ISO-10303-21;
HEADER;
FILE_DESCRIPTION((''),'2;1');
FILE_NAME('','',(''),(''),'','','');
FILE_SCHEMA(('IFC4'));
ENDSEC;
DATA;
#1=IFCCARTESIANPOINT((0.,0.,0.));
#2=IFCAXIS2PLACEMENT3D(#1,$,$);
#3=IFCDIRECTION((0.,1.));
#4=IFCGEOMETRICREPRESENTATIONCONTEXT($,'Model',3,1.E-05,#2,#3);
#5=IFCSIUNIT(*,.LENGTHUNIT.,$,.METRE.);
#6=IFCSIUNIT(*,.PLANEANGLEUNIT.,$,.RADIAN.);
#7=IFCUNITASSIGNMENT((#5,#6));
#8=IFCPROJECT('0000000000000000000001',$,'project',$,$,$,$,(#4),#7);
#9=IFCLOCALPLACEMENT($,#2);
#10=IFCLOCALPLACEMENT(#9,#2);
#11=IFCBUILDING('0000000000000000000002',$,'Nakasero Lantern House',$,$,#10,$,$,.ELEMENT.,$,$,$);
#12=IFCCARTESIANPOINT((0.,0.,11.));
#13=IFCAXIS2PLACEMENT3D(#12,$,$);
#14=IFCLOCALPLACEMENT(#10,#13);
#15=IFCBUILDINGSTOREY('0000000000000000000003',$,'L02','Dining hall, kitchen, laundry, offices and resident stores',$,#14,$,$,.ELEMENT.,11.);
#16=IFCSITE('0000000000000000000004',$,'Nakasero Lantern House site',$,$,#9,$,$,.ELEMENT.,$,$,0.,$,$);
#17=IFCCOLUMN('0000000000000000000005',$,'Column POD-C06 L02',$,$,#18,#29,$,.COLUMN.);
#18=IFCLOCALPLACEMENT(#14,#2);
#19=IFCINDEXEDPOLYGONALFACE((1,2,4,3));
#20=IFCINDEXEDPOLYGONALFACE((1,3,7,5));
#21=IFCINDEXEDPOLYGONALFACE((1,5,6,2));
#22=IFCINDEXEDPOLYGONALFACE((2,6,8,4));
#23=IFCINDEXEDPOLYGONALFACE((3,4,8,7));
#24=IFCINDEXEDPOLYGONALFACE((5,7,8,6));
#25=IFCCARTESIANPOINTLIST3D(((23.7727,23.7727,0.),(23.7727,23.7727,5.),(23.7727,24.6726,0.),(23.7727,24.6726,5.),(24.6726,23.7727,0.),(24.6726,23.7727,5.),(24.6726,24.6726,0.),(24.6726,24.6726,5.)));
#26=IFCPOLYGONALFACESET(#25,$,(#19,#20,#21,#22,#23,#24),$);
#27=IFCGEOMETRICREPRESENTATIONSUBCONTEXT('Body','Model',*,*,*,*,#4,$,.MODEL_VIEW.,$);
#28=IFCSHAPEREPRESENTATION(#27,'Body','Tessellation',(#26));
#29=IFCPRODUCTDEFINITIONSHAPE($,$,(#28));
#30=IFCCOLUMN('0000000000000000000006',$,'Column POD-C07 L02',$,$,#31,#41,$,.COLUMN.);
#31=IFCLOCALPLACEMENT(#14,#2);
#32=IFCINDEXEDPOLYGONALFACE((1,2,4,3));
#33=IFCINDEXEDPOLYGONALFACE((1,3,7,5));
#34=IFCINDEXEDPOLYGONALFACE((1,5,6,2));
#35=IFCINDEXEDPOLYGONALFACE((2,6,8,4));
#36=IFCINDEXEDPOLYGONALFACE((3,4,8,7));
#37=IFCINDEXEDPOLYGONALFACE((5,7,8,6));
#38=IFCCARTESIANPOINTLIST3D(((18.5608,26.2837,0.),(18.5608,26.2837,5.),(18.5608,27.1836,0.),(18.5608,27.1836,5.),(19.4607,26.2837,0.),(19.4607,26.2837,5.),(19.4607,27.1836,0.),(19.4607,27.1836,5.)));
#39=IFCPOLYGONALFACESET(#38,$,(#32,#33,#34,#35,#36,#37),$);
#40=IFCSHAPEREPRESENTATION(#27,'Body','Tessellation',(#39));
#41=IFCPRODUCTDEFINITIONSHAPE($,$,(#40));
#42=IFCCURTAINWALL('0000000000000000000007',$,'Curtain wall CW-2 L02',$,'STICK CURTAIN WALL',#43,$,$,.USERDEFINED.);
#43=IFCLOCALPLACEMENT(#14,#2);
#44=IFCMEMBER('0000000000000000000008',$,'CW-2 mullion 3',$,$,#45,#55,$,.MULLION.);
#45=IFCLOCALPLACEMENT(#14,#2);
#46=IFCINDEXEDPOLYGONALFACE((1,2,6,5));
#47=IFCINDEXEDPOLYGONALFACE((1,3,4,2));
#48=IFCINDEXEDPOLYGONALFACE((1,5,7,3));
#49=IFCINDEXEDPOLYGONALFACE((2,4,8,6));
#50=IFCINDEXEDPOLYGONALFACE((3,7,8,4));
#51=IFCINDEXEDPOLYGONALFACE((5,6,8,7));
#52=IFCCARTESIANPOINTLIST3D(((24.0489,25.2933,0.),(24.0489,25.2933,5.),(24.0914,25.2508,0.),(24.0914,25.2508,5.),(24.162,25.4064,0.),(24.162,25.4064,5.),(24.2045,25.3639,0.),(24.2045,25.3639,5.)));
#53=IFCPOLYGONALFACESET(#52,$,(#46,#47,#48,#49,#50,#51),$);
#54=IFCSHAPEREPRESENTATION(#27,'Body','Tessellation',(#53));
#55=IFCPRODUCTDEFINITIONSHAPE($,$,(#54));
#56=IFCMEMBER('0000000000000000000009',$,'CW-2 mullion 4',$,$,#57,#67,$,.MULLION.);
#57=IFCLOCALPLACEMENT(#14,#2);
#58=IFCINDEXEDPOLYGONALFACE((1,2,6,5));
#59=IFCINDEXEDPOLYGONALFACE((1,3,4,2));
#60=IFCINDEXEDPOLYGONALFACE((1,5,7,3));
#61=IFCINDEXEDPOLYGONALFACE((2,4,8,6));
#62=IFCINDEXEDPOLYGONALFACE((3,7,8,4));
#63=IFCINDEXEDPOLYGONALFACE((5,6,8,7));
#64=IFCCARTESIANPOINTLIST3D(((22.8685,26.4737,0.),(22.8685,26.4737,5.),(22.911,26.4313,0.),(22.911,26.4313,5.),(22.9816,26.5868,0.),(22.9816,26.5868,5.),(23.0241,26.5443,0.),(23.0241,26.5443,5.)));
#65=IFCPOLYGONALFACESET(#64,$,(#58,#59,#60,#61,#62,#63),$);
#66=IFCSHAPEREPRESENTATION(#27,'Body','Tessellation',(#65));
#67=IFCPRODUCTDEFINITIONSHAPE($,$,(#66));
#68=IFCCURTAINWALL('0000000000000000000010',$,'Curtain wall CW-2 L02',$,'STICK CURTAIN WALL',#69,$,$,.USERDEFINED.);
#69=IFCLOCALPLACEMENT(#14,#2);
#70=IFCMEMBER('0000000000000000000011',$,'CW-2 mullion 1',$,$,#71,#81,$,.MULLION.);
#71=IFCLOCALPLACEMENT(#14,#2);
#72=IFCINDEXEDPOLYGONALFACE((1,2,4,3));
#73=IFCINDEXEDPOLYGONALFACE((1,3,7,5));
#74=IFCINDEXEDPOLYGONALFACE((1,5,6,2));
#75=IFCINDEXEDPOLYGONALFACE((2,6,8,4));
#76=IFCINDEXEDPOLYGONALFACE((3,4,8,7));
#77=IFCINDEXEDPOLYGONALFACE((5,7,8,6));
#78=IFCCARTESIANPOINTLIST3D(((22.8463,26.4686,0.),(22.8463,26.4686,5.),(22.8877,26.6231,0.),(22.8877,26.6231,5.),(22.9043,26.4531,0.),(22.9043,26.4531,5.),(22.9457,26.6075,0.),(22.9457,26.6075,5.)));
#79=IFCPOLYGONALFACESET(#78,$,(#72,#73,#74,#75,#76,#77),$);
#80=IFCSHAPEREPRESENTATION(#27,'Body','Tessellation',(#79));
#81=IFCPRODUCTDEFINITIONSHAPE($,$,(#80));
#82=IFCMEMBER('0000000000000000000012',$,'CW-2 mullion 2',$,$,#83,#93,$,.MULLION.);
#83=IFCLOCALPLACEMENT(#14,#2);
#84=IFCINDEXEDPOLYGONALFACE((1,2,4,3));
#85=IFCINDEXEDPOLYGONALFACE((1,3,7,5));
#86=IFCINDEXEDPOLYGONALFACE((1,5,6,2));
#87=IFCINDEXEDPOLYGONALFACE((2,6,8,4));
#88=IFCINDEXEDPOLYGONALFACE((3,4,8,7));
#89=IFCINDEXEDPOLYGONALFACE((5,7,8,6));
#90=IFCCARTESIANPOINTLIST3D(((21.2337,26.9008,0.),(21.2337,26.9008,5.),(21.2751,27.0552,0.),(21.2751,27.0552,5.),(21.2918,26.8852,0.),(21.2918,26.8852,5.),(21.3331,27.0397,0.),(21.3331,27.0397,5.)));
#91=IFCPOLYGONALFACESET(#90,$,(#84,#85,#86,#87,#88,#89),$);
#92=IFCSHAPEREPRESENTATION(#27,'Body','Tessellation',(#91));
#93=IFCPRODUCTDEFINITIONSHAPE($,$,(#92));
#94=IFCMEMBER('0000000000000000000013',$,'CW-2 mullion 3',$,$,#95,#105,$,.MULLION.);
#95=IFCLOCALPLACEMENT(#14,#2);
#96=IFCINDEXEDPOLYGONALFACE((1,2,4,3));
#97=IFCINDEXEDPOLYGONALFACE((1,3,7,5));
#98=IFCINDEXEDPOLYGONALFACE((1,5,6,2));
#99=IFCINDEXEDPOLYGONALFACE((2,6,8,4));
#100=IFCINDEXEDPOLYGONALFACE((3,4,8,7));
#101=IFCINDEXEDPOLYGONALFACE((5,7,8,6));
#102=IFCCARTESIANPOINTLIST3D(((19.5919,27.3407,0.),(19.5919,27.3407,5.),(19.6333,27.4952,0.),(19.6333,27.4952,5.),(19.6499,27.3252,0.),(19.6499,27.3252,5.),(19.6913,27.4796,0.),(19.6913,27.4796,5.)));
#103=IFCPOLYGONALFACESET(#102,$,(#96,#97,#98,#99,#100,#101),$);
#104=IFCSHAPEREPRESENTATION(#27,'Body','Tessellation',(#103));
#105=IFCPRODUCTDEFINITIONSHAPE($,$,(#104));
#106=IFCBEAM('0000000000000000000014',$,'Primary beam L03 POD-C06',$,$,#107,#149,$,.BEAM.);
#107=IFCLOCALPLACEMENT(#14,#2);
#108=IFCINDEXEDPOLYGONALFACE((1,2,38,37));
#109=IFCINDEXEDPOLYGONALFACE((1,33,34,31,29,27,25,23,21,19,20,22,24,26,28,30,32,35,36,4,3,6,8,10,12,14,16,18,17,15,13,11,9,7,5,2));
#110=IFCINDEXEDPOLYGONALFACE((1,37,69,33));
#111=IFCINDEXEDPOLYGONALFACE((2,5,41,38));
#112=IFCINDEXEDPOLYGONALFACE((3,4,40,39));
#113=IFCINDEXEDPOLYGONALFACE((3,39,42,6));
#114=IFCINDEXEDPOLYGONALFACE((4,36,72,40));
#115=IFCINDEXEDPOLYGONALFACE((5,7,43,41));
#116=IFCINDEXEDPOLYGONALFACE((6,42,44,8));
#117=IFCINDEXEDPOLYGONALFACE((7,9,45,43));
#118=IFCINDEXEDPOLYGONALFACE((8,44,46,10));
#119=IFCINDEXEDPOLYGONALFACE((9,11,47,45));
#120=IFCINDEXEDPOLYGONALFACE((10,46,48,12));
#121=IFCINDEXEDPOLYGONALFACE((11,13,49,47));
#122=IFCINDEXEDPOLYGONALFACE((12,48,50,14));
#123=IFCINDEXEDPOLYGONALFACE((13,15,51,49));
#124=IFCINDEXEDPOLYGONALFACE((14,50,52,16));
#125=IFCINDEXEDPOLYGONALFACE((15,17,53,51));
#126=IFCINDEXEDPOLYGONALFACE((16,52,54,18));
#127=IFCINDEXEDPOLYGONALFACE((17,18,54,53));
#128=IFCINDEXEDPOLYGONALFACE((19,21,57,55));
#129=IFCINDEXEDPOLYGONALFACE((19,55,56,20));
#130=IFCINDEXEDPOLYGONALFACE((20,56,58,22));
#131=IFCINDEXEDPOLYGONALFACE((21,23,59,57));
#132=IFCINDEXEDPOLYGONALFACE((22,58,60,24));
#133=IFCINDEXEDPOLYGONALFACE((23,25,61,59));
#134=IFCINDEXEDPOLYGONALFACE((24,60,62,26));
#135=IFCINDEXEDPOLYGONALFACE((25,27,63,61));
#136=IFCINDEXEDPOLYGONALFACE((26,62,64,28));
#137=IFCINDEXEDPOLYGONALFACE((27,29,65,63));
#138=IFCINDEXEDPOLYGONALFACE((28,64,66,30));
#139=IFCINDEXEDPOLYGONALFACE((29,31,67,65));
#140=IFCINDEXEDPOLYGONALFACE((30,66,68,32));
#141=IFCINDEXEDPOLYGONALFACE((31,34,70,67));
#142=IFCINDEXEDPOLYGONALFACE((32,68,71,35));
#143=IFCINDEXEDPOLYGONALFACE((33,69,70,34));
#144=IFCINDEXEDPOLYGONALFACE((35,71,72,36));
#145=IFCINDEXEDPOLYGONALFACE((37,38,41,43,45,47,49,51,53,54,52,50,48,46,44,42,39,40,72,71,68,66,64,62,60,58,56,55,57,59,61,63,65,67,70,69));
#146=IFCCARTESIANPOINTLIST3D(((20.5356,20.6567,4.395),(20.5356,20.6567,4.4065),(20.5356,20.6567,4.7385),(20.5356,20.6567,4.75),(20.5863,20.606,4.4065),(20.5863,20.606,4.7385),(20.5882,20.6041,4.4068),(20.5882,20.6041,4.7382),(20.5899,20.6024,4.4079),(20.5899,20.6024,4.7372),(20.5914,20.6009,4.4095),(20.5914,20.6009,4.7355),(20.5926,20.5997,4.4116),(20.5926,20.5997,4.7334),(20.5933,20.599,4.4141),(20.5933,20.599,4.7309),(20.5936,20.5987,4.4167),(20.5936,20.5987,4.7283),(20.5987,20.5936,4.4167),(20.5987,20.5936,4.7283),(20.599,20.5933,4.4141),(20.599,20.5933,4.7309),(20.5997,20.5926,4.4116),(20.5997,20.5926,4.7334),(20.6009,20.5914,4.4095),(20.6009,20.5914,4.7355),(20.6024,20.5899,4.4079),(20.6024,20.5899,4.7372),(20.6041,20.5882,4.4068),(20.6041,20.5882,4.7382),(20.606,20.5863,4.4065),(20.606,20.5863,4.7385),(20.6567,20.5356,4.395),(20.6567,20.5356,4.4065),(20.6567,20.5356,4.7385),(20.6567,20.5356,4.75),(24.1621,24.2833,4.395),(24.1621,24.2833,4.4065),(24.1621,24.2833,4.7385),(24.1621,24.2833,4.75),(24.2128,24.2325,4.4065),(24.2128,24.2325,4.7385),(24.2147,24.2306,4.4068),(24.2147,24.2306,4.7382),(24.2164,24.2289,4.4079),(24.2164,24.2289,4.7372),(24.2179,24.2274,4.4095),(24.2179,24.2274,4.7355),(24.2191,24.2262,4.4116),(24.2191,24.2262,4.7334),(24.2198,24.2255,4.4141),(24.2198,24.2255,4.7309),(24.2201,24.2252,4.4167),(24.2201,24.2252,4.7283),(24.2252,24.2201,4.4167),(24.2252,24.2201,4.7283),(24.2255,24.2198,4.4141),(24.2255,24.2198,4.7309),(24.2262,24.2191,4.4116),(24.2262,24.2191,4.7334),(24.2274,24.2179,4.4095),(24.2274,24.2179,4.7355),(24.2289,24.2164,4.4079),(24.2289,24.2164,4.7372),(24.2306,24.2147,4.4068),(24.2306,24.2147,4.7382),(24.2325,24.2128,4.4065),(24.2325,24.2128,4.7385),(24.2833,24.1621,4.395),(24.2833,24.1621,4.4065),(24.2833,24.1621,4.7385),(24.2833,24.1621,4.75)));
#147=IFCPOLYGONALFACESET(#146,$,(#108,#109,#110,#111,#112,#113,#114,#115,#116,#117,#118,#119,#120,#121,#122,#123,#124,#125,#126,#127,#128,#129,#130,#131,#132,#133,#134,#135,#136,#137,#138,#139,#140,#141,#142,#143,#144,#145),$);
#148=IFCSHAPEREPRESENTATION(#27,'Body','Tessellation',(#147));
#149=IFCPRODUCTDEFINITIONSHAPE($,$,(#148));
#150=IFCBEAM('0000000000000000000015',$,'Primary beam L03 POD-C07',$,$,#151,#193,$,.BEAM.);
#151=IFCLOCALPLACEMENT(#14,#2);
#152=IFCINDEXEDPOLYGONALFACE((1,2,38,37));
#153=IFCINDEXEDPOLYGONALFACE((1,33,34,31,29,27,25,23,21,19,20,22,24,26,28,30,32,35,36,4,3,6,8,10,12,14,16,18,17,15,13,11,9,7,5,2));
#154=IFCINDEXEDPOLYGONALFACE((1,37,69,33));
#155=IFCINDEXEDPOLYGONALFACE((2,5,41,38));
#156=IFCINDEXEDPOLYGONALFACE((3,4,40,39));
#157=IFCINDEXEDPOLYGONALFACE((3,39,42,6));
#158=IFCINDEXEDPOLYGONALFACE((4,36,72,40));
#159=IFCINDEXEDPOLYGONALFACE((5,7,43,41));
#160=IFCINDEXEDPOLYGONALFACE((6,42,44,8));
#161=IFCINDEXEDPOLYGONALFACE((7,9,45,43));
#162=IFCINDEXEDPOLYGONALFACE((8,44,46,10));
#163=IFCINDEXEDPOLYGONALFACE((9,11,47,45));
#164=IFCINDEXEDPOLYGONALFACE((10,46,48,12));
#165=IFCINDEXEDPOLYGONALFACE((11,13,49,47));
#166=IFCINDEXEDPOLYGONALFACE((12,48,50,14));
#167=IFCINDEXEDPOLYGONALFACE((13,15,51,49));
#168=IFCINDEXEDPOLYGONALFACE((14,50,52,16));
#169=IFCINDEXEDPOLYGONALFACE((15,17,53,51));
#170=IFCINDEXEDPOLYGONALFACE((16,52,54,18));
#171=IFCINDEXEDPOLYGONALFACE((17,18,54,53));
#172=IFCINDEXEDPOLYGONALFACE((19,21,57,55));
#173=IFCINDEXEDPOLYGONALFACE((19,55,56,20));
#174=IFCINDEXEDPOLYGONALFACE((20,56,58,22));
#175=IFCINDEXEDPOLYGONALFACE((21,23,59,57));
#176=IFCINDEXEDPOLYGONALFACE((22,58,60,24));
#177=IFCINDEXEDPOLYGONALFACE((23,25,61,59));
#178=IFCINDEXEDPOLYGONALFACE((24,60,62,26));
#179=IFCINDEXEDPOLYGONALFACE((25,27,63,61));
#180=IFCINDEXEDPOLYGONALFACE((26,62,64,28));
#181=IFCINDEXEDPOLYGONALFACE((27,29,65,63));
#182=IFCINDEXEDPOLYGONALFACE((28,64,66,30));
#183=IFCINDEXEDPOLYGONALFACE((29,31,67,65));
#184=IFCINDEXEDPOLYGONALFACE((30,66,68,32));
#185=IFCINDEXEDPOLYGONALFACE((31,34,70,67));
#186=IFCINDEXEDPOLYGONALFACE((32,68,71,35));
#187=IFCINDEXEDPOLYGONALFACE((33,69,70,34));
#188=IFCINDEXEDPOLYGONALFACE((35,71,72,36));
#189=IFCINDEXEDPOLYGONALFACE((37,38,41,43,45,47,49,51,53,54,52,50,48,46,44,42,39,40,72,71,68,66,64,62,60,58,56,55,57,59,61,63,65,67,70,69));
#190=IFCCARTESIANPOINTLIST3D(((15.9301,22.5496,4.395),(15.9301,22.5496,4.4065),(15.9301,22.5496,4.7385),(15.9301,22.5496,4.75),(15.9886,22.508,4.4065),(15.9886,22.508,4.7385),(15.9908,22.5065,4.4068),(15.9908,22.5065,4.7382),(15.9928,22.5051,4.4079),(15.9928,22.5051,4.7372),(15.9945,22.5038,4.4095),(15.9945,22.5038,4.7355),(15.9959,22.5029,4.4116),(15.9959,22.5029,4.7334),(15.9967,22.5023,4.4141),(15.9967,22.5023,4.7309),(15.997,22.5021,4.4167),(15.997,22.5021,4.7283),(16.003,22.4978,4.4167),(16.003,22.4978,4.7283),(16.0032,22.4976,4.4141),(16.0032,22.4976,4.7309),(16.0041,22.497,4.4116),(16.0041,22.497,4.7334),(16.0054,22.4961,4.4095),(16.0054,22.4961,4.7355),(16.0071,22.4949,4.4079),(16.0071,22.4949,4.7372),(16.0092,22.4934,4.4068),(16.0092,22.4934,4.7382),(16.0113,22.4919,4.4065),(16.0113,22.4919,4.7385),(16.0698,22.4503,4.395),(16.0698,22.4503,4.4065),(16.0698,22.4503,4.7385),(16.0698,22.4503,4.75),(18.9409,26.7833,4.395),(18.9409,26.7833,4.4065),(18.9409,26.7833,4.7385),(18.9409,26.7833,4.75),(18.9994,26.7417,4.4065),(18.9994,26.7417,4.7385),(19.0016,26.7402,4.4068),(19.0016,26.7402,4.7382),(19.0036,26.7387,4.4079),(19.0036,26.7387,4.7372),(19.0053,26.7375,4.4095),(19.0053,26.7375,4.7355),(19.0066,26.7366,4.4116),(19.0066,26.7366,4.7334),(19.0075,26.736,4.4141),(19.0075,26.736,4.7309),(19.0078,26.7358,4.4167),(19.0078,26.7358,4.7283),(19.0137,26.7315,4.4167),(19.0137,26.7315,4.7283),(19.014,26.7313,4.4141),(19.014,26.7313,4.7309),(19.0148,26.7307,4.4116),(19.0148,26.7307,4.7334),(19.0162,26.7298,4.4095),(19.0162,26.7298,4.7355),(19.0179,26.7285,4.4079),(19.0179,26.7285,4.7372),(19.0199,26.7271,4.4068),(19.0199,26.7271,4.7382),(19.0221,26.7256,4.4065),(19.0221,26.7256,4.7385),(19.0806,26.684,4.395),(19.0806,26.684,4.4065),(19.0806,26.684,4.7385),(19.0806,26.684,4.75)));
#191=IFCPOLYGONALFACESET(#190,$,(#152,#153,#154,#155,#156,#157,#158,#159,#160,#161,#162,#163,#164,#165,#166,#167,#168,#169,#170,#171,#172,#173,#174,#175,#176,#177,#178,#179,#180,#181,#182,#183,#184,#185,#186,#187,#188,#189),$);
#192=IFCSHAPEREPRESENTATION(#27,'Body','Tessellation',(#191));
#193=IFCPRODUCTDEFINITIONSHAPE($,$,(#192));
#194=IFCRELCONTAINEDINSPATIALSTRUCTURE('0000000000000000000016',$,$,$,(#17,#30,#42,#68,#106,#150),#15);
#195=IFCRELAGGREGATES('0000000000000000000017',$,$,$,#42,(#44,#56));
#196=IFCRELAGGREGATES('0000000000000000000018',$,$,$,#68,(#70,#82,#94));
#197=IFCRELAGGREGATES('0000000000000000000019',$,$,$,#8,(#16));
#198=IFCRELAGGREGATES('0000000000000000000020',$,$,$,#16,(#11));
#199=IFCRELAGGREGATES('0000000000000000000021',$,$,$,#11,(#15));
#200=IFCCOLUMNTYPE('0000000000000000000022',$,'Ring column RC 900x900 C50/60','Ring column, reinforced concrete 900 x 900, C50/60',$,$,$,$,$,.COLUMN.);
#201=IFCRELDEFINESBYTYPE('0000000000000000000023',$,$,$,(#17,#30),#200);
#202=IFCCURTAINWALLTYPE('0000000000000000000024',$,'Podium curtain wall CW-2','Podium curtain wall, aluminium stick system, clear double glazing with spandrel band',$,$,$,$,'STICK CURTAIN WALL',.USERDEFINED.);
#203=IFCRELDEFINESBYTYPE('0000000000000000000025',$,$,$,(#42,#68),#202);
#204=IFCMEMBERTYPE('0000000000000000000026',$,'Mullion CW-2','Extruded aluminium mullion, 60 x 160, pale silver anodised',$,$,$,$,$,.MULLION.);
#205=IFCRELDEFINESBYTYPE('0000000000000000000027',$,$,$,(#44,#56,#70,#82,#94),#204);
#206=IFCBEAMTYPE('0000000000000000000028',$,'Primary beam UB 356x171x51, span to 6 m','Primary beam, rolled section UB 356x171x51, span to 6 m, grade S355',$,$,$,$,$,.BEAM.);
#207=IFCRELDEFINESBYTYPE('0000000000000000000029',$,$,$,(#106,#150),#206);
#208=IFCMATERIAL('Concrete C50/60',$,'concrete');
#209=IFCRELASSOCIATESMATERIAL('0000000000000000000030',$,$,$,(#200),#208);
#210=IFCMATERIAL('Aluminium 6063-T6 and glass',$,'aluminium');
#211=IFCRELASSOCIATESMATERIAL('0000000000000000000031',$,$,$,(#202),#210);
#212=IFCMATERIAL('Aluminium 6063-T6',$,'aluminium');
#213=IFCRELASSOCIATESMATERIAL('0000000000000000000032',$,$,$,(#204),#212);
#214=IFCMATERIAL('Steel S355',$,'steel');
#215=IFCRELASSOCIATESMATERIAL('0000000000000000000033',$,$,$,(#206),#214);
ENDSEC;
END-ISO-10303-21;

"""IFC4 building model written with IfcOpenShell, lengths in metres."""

from ifc_helpers import new_model, si_unit, direction, frame, origin, origin_2d, place, context, subcontext, project, spatial, rectangle, i_section, extrude, material, material_profile, profile_set, type_object, element, aggregate, save


model = new_model("IFC4")

# Units and contexts
model_context = context("Model", 3, precision=1e-05, world=origin(), true_north=direction((0.0, 1.0)))
body_context = subcontext(model_context, "Body", "Model", "MODEL_VIEW")
ifc_project = project(units=[si_unit("LENGTHUNIT", "METRE"), si_unit("PLANEANGLEUNIT", "RADIAN")], contexts=[model_context])

# Site, building, storey
site_placement = place(None, origin())
site = spatial("IfcSite", under=ifc_project, at=site_placement, Name="Nakasero Lantern House site", CompositionType="ELEMENT", RefElevation=0.0)
building_placement = place(site_placement, origin())
building = spatial("IfcBuilding", under=site, at=building_placement, Name="Nakasero Lantern House", CompositionType="ELEMENT")
storey_placement = place(building_placement, frame((0.0, 0.0, 11.0)))
storey = spatial("IfcBuildingStorey", under=building, at=storey_placement, Name="L02", Description="Dining hall, kitchen, laundry, offices and resident stores", CompositionType="ELEMENT", Elevation=11.0)

# Columns
ifc_material_1 = material(Name="Concrete C50/60", Category="concrete")
ifc_material_profile_1 = material_profile(ifc_material_1, rectangle(XDim=0.8999, YDim=0.8999, at=origin_2d()), Name="RC 900x900")
ifc_profile_set_1 = profile_set([ifc_material_profile_1], Name="Concrete C50/60")
column_type = type_object("IfcColumnType", Name="Ring column RC 900x900 C50/60", Description="Ring column, reinforced concrete 900 x 900, C50/60", PredefinedType="COLUMN", material=ifc_profile_set_1)
for number, where, z_axis, x_axis, name in (
    (1, (24.2227, 24.2227, 0.0), (0.0, 0.0, 1.0), (1.0, 0.0, 0.0), "Column POD-C06 L02"),
    (2, (19.0107, 26.7336, 0.0), (0.0, 0.0, 1.0), (1.0, 0.0, 0.0), "Column POD-C07 L02"),
):
    element("IfcColumn", number, at=place(storey_placement, frame(where, z_axis=z_axis, x_axis=x_axis)), inside=storey, type_object=column_type, Name=name, PredefinedType="COLUMN", context=body_context, shape_type="SweptSolid", body=[
        extrude(rectangle(XDim=0.8999, YDim=0.8999, at=origin_2d()), origin(), (0.0, 0.0, 1.0), 5.0),
    ])

# Curtain walls, members
ifc_material_2 = material(Name="Aluminium 6063-T6 and glass", Category="aluminium")
curtain_wall_type = type_object("IfcCurtainWallType", Name="Podium curtain wall CW-2", Description="Podium curtain wall, aluminium stick system, clear double glazing with spandrel band", ElementType="STICK CURTAIN WALL", PredefinedType="USERDEFINED", material=ifc_material_2)
curtain_wall_1_placement = place(storey_placement, origin())
curtain_wall_1 = element("IfcCurtainWall", 3, at=curtain_wall_1_placement, inside=storey, type_object=curtain_wall_type, Name="Curtain wall CW-2 L02", ObjectType="STICK CURTAIN WALL", PredefinedType="USERDEFINED")
ifc_material_3 = material(Name="Aluminium 6063-T6", Category="aluminium")
ifc_material_profile_2 = material_profile(ifc_material_3, rectangle(XDim=0.0601, YDim=0.1599, at=origin_2d()), Name="CW-2 mullion 60x160")
ifc_profile_set_2 = profile_set([ifc_material_profile_2], Name="Aluminium 6063-T6")
member_type_1 = type_object("IfcMemberType", Name="Mullion CW-2", Description="Extruded aluminium mullion, 60 x 160, pale silver anodised", PredefinedType="MULLION", material=ifc_profile_set_2)
member_1_placement = place(storey_placement, frame((24.1267, 25.3286, 0.0), z_axis=(0.0, 0.0, 1.0), x_axis=(-0.707107, 0.707107, 0.0)))
member_1 = element("IfcMember", 4, at=member_1_placement, type_object=member_type_1, Name="CW-2 mullion 3", PredefinedType="MULLION", context=body_context, shape_type="SweptSolid", body=[
    extrude(rectangle(XDim=0.0601, YDim=0.1599, at=origin_2d()), origin(), (0.0, 0.0, 1.0), 5.0),
])
member_2_placement = place(storey_placement, frame((22.9463, 26.509, 0.0), z_axis=(0.0, 0.0, 1.0), x_axis=(-0.707107, 0.707107, 0.0)))
member_2 = element("IfcMember", 5, at=member_2_placement, type_object=member_type_1, Name="CW-2 mullion 4", PredefinedType="MULLION", context=body_context, shape_type="SweptSolid", body=[
    extrude(rectangle(XDim=0.0601, YDim=0.1599, at=origin_2d()), origin(), (0.0, 0.0, 1.0), 5.0),
])
curtain_wall_2_placement = place(storey_placement, origin())
curtain_wall_2 = element("IfcCurtainWall", 6, at=curtain_wall_2_placement, inside=storey, type_object=curtain_wall_type, Name="Curtain wall CW-2 L02", ObjectType="STICK CURTAIN WALL", PredefinedType="USERDEFINED")
member_3_placement = place(storey_placement, frame((22.896, 26.5381, 0.0), z_axis=(0.0, 0.0, 1.0), x_axis=(-0.965926, 0.258819, 0.0)))
member_3 = element("IfcMember", 7, at=member_3_placement, type_object=member_type_1, Name="CW-2 mullion 1", PredefinedType="MULLION", context=body_context, shape_type="SweptSolid", body=[
    extrude(rectangle(XDim=0.0601, YDim=0.1599, at=origin_2d()), origin(), (0.0, 0.0, 1.0), 5.0),
])
member_4_placement = place(storey_placement, frame((21.2834, 26.9702, 0.0), z_axis=(0.0, 0.0, 1.0), x_axis=(-0.965926, 0.258819, 0.0)))
member_4 = element("IfcMember", 8, at=member_4_placement, type_object=member_type_1, Name="CW-2 mullion 2", PredefinedType="MULLION", context=body_context, shape_type="SweptSolid", body=[
    extrude(rectangle(XDim=0.0601, YDim=0.1599, at=origin_2d()), origin(), (0.0, 0.0, 1.0), 5.0),
])
member_5_placement = place(storey_placement, frame((19.6416, 27.4102, 0.0), z_axis=(0.0, 0.0, 1.0), x_axis=(-0.965926, 0.258819, 0.0)))
member_5 = element("IfcMember", 9, at=member_5_placement, type_object=member_type_1, Name="CW-2 mullion 3", PredefinedType="MULLION", context=body_context, shape_type="SweptSolid", body=[
    extrude(rectangle(XDim=0.0601, YDim=0.1599, at=origin_2d()), origin(), (0.0, 0.0, 1.0), 5.0),
])

# Beams
ifc_material_4 = material(Name="Steel S355", Category="steel")
ifc_material_profile_3 = material_profile(ifc_material_4, i_section(OverallWidth=0.1714, OverallDepth=0.355, WebThickness=0.0073, FlangeThickness=0.0115, FilletRadius=0.0103, at=origin_2d()), Name="UB 356x171x51")
ifc_profile_set_3 = profile_set([ifc_material_profile_3], Name="Steel S355")
beam_type_1 = type_object("IfcBeamType", Name="Primary beam UB 356x171x51, span to 6 m", Description="Primary beam, rolled section UB 356x171x51, span to 6 m, grade S355", PredefinedType="BEAM", material=ifc_profile_set_3)
beam_1_placement = place(storey_placement, frame((24.2227, 24.2227, 4.5725), z_axis=(-0.707107, -0.707107, 0.0), x_axis=(0.707107, -0.707107, 0.0)))
element("IfcBeam", 10, at=beam_1_placement, inside=storey, type_object=beam_type_1, Name="Primary beam L03 POD-C06", PredefinedType="BEAM", context=body_context, shape_type="SweptSolid", body=[
    extrude(i_section(OverallWidth=0.1714, OverallDepth=0.355, WebThickness=0.0073, FlangeThickness=0.0115, FilletRadius=0.0103, at=origin_2d()), origin(), (0.0, 0.0, 1.0), 5.1287),
])
beam_2_placement = place(storey_placement, frame((19.0107, 26.7336, 4.5725), z_axis=(-0.579543, -0.814942, 0.0), x_axis=(0.814942, -0.579543, 0.0)))
element("IfcBeam", 11, at=beam_2_placement, inside=storey, type_object=beam_type_1, Name="Primary beam L03 POD-C07", PredefinedType="BEAM", context=body_context, shape_type="SweptSolid", body=[
    extrude(i_section(OverallWidth=0.1714, OverallDepth=0.355, WebThickness=0.0073, FlangeThickness=0.0115, FilletRadius=0.0103, at=origin_2d()), origin(), (0.0, 0.0, 1.0), 5.1951),
])

aggregate(curtain_wall_1, [member_1, member_2])
aggregate(curtain_wall_2, [member_3, member_4, member_5])

save(model, "model.ifc")
